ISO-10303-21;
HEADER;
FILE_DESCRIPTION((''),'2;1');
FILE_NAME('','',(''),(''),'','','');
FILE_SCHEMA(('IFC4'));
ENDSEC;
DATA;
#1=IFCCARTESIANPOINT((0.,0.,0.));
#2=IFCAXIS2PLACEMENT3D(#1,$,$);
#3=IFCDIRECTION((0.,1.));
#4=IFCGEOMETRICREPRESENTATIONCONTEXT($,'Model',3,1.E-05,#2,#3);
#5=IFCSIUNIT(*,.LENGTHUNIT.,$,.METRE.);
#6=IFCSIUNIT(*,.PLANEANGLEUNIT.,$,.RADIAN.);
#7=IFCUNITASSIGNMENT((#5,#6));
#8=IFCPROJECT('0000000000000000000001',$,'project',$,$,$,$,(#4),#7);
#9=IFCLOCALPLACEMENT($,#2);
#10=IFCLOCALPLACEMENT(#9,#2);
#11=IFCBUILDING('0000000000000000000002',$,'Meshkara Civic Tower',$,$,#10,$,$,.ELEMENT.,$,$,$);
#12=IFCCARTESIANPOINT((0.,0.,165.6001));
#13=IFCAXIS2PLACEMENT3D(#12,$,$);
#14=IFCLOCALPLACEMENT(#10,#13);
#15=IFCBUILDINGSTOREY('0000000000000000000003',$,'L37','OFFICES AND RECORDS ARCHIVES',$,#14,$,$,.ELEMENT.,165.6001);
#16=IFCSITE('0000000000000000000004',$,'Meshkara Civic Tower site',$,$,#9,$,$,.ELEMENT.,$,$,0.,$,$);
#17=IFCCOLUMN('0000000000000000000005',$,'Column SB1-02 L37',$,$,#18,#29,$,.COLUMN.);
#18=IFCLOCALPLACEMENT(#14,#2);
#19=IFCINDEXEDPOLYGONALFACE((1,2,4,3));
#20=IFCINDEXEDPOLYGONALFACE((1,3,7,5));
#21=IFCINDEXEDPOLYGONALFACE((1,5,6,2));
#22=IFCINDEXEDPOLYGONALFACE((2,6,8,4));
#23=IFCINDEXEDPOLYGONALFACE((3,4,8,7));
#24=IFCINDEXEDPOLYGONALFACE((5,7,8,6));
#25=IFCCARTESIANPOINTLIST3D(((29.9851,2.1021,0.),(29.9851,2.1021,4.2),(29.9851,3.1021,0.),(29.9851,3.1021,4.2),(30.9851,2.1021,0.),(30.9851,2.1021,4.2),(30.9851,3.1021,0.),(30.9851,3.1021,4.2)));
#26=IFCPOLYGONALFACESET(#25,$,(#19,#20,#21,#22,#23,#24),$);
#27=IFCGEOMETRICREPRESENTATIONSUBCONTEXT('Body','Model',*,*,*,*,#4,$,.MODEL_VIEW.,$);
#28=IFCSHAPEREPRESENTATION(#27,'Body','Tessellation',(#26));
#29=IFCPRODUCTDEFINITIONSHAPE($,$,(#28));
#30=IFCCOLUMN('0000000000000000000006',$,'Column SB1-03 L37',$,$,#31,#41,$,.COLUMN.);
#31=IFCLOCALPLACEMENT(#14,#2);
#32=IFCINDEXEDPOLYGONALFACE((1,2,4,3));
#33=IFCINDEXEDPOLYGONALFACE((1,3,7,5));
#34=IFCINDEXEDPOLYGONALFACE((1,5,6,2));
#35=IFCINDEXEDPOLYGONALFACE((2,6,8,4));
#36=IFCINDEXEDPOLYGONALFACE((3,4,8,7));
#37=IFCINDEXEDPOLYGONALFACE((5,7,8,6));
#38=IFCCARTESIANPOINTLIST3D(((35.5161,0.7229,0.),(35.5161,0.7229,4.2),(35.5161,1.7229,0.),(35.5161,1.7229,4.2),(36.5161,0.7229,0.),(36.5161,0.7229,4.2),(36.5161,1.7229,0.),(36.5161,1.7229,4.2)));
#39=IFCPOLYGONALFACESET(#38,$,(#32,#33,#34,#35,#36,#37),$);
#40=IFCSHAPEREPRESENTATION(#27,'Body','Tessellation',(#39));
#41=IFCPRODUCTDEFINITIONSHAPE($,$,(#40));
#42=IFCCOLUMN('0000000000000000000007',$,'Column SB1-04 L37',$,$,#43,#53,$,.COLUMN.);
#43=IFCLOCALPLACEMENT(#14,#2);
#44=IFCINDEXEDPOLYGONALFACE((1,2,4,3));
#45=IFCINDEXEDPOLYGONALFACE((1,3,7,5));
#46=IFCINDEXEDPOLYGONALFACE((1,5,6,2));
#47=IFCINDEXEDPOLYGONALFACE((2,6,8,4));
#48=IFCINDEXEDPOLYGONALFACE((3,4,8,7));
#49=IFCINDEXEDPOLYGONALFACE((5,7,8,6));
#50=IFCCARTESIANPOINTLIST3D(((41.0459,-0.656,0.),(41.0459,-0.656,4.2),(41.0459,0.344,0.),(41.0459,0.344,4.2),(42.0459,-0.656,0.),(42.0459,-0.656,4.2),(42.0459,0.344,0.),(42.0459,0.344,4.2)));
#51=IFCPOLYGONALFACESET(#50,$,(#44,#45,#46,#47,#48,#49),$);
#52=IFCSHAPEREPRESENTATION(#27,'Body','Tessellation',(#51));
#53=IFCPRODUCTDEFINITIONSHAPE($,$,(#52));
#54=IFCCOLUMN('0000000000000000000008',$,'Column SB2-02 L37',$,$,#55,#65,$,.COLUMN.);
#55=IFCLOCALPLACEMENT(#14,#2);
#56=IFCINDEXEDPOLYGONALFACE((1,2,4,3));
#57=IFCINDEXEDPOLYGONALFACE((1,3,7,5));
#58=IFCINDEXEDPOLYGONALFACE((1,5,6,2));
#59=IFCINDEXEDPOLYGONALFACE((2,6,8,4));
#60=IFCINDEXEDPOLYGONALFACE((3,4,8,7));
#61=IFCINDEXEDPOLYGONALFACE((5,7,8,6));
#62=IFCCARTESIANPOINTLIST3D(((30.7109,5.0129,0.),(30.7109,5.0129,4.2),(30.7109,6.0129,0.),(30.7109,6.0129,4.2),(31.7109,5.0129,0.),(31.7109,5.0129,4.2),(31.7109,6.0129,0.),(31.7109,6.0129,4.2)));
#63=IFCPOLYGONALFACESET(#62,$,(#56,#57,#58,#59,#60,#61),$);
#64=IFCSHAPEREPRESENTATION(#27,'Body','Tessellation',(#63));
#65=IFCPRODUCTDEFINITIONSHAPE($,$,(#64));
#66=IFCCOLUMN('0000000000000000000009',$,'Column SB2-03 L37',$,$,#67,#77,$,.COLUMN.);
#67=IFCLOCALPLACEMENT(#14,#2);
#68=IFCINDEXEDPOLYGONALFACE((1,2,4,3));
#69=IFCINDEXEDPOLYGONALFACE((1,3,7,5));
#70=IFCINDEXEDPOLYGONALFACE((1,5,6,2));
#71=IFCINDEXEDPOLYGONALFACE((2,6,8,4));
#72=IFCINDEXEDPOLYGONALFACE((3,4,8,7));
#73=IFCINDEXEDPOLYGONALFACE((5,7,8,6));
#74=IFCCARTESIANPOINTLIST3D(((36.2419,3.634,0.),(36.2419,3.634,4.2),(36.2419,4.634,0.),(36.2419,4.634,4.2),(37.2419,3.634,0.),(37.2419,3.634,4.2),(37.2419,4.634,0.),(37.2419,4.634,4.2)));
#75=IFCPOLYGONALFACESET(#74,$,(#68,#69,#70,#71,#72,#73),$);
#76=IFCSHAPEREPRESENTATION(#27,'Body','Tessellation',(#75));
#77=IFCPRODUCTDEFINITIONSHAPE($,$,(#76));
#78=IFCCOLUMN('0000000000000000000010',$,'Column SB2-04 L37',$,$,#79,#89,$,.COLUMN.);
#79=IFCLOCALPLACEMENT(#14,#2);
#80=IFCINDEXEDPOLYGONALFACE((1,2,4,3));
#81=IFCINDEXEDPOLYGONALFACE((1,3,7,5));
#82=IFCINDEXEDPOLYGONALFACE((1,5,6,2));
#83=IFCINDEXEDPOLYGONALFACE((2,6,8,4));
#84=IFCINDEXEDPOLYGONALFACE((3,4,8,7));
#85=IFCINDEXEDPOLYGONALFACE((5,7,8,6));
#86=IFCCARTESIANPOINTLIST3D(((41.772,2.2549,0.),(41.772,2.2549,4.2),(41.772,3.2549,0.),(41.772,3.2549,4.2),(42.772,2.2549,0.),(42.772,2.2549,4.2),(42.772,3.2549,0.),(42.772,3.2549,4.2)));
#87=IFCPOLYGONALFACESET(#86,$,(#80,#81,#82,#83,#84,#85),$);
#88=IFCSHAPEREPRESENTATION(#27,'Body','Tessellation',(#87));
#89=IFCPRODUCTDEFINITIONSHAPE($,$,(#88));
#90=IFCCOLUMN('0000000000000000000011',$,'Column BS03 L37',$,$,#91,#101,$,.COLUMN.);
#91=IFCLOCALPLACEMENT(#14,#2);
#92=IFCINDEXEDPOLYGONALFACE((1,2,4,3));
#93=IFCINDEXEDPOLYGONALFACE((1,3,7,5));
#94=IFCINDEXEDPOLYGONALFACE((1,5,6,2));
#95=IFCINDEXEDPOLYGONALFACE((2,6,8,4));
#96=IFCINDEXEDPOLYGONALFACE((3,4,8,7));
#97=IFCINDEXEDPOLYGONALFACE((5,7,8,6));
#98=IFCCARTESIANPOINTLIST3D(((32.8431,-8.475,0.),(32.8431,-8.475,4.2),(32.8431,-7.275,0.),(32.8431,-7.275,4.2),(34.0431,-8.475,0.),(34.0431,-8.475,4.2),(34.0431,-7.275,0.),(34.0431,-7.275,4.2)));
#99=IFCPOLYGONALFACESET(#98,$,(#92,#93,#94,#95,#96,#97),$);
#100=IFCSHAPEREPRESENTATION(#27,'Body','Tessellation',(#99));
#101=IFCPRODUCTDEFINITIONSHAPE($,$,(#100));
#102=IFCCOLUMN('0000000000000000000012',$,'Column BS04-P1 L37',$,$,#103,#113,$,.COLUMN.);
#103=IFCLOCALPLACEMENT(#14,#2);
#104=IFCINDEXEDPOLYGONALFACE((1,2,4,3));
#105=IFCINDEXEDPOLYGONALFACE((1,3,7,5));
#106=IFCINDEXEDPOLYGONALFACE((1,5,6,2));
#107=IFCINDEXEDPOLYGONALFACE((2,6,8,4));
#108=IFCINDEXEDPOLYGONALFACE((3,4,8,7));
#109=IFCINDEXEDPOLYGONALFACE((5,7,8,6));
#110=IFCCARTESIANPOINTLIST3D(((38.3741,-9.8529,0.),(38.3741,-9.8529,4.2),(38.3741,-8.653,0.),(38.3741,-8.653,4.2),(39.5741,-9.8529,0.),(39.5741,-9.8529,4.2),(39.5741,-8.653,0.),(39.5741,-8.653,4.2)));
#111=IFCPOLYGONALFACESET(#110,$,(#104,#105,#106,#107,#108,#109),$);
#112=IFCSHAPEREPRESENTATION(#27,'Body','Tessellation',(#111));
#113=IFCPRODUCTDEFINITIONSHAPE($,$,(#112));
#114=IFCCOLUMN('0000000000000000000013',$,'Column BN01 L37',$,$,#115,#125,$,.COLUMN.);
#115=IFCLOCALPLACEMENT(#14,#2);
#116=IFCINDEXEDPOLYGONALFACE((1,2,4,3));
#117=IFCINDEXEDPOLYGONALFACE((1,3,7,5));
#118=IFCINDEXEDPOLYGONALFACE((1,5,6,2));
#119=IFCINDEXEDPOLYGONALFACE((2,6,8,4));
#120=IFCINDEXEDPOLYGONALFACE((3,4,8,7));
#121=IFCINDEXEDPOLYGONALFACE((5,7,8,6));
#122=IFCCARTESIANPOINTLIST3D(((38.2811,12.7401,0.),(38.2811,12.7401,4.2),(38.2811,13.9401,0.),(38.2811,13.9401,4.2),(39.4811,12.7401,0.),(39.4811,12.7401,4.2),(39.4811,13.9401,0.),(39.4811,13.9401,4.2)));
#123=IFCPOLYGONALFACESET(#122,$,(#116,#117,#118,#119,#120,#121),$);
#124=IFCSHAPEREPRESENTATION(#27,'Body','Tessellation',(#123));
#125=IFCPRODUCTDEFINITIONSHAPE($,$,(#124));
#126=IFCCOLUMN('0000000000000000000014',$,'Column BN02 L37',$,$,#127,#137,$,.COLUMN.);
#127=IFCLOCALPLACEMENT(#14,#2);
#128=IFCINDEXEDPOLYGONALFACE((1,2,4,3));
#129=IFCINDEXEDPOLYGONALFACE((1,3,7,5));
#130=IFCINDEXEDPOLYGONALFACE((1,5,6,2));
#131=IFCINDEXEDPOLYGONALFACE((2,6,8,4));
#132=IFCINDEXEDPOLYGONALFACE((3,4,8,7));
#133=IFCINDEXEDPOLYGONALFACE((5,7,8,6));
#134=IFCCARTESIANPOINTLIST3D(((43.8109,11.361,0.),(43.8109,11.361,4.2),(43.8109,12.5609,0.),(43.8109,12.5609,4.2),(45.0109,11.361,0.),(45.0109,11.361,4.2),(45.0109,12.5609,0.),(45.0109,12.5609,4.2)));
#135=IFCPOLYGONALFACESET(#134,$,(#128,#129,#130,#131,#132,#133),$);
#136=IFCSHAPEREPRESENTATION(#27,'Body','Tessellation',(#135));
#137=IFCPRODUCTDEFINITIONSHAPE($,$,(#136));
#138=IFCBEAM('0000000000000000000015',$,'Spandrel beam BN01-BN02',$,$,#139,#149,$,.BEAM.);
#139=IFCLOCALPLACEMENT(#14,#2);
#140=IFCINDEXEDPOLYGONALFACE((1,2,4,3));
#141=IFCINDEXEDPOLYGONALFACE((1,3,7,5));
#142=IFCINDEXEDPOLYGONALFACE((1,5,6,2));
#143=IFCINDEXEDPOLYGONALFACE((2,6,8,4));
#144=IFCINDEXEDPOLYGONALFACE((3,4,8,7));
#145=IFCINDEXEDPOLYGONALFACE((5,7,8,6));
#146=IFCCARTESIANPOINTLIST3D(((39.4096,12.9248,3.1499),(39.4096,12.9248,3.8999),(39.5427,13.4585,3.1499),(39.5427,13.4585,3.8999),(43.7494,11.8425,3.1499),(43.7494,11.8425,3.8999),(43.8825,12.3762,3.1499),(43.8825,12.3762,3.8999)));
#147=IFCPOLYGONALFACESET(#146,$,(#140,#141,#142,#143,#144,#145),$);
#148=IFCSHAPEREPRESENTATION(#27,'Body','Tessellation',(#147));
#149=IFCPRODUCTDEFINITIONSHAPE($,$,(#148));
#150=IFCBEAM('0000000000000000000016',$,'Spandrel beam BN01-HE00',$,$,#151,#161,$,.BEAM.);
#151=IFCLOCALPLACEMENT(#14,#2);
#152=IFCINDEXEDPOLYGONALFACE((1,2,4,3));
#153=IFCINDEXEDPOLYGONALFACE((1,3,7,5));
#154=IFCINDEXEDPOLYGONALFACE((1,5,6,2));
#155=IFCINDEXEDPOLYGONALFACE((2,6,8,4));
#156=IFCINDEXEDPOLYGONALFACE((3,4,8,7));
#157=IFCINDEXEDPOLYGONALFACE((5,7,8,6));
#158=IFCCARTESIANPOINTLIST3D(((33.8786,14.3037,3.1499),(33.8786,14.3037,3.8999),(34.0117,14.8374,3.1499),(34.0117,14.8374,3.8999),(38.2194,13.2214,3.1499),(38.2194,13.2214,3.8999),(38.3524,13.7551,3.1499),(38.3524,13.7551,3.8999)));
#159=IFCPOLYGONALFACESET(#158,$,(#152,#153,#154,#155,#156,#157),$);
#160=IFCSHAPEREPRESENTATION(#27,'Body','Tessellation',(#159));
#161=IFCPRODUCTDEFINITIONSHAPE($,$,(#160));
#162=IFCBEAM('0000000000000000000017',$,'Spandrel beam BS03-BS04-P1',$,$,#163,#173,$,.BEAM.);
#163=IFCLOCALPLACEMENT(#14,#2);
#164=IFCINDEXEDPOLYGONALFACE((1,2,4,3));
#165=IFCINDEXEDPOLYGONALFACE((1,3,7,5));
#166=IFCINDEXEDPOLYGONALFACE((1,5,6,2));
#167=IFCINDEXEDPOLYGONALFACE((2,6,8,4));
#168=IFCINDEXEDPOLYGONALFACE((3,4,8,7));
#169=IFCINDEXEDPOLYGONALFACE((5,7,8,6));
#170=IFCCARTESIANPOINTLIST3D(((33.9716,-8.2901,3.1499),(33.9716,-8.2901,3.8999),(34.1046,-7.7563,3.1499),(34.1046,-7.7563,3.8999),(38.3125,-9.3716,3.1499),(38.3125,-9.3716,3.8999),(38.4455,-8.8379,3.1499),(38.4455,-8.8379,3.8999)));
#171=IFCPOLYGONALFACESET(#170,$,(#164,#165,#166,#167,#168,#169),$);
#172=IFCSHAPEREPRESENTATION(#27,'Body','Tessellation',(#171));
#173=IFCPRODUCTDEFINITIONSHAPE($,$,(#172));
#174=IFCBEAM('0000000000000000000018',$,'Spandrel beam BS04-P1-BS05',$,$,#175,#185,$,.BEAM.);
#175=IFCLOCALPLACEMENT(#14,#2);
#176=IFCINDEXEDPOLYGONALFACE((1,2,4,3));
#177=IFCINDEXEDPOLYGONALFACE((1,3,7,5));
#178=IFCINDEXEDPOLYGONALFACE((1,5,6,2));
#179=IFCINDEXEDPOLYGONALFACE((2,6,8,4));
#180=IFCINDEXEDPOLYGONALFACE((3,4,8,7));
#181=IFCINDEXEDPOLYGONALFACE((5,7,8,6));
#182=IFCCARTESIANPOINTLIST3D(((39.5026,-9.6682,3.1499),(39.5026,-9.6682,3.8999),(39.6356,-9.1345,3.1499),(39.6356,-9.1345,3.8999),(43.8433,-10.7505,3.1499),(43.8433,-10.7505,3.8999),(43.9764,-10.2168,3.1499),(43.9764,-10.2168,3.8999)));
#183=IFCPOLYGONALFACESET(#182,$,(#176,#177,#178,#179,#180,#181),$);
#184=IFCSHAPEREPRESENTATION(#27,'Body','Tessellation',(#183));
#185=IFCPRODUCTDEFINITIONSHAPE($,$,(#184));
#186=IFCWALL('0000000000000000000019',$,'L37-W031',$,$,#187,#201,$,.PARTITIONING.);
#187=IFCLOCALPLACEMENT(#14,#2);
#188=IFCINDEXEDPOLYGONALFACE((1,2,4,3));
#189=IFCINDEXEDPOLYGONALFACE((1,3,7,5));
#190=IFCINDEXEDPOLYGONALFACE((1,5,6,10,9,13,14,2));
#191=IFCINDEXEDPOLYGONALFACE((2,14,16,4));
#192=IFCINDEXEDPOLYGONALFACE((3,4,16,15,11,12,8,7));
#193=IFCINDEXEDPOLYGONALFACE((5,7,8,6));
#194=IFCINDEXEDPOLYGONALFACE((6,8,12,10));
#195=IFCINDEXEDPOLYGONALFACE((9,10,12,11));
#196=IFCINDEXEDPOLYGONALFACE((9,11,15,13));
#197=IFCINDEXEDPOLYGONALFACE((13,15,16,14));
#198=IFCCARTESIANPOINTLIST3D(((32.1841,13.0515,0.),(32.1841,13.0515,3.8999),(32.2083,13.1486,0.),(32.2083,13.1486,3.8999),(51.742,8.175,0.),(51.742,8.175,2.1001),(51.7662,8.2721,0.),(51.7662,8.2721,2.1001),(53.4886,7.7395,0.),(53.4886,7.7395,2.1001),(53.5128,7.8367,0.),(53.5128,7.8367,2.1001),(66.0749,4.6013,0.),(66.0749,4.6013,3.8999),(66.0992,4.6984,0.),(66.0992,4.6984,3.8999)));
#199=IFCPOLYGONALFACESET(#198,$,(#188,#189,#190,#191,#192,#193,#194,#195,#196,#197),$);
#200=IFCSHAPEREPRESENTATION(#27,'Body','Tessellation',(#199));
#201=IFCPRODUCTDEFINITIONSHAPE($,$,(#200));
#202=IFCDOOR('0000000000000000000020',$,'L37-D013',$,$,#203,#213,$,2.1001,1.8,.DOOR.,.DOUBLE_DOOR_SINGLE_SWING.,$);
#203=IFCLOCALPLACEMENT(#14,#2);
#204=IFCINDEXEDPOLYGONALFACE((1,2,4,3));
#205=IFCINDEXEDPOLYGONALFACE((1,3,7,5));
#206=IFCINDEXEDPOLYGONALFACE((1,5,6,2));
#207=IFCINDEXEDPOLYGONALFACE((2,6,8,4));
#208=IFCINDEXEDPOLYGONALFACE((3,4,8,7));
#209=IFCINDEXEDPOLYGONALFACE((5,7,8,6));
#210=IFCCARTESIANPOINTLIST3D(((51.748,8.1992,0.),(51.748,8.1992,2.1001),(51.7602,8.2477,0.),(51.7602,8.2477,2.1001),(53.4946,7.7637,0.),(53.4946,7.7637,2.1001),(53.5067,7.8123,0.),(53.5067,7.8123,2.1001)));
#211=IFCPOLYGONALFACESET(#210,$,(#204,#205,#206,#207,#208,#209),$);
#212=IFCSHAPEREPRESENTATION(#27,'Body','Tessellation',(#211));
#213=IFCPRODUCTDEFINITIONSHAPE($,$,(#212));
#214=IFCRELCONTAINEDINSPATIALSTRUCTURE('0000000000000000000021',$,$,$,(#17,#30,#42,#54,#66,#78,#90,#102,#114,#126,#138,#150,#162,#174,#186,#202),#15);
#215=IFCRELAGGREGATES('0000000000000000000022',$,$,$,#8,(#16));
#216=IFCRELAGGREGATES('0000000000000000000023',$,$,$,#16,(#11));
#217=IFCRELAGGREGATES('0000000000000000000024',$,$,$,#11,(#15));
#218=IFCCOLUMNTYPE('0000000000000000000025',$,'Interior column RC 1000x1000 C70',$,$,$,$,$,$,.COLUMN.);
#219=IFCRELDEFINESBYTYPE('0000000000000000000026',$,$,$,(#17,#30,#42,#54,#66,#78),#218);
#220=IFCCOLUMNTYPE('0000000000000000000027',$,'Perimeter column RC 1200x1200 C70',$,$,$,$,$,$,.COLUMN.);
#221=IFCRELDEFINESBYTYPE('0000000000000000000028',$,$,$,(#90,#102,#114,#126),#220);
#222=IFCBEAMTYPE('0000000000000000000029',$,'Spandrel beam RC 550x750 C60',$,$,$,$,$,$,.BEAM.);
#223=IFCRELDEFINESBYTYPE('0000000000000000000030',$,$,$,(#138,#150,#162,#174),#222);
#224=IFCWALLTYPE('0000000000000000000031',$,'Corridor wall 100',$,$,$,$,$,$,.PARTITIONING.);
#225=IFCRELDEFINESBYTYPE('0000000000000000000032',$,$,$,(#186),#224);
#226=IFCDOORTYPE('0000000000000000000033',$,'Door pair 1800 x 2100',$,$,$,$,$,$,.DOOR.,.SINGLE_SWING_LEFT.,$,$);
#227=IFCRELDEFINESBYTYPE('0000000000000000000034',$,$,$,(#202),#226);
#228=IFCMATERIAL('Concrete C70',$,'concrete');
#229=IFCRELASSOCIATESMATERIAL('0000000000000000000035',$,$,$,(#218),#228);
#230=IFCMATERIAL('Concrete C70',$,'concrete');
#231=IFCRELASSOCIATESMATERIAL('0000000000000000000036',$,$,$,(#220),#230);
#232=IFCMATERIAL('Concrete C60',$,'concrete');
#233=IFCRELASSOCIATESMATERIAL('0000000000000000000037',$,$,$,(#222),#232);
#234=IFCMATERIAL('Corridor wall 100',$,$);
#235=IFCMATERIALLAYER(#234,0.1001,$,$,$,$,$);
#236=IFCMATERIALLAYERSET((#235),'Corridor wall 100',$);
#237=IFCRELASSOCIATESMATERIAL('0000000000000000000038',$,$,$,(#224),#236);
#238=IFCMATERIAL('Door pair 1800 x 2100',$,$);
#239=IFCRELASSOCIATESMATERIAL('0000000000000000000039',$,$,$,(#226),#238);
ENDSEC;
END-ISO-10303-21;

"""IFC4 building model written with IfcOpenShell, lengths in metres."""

from ifc_helpers import new_model, si_unit, direction, frame, frame_2d, origin, origin_2d, place, context, subcontext, project, spatial, rectangle, extrude, material, layer, layer_set, material_profile, profile_set, type_object, element, fill, save


model = new_model("IFC4")

# Units and contexts
model_context = context("Model", 3, precision=1e-05, world=origin(), true_north=direction((0.0, 1.0)))
body_context = subcontext(model_context, "Body", "Model", "MODEL_VIEW")
ifc_project = project(units=[si_unit("LENGTHUNIT", "METRE"), si_unit("PLANEANGLEUNIT", "RADIAN")], contexts=[model_context])

# Site, building, storey
site_placement = place(None, origin())
site = spatial("IfcSite", under=ifc_project, at=site_placement, Name="Meshkara Civic Tower site", CompositionType="ELEMENT", RefElevation=0.0)
building_placement = place(site_placement, origin())
building = spatial("IfcBuilding", under=site, at=building_placement, Name="Meshkara Civic Tower", CompositionType="ELEMENT")
storey_placement = place(building_placement, frame((0.0, 0.0, 165.6001)))
storey = spatial("IfcBuildingStorey", under=building, at=storey_placement, Name="L37", Description="OFFICES AND RECORDS ARCHIVES", CompositionType="ELEMENT", Elevation=165.6001)

# Columns
ifc_material_1 = material(Name="Concrete C70", Category="concrete")
ifc_material_profile_1 = material_profile(ifc_material_1, rectangle(XDim=1.0, YDim=1.0, at=origin_2d()))
ifc_profile_set_1 = profile_set([ifc_material_profile_1], Name="Concrete C70")
column_type_1 = type_object("IfcColumnType", Name="Interior column RC 1000x1000 C70", PredefinedType="COLUMN", material=ifc_profile_set_1)
for number, where, z_axis, x_axis, name in (
    (1, (30.4851, 2.6021, 0.0), (0.0, 0.0, 1.0), (1.0, 0.0, 0.0), "Column SB1-02 L37"),
    (2, (36.0161, 1.2229, 0.0), (0.0, 0.0, 1.0), (1.0, 0.0, 0.0), "Column SB1-03 L37"),
    (3, (41.5459, -0.156, 0.0), (0.0, 0.0, 1.0), (1.0, 0.0, 0.0), "Column SB1-04 L37"),
    (4, (31.2109, 5.5129, 0.0), (0.0, 0.0, 1.0), (1.0, 0.0, 0.0), "Column SB2-02 L37"),
    (5, (36.7419, 4.134, 0.0), (0.0, 0.0, 1.0), (1.0, 0.0, 0.0), "Column SB2-03 L37"),
    (6, (42.272, 2.7549, 0.0), (0.0, 0.0, 1.0), (1.0, 0.0, 0.0), "Column SB2-04 L37"),
):
    element("IfcColumn", number, at=place(storey_placement, frame(where, z_axis=z_axis, x_axis=x_axis)), inside=storey, type_object=column_type_1, Name=name, PredefinedType="COLUMN", context=body_context, shape_type="SweptSolid", body=[
        extrude(rectangle(XDim=1.0, YDim=1.0, at=origin_2d()), origin(), (0.0, 0.0, 1.0), 4.2),
    ])
ifc_material_2 = material(Name="Concrete C70", Category="concrete")
ifc_material_profile_2 = material_profile(ifc_material_2, rectangle(XDim=1.2, YDim=1.2, at=origin_2d()))
ifc_profile_set_2 = profile_set([ifc_material_profile_2], Name="Concrete C70")
column_type_2 = type_object("IfcColumnType", Name="Perimeter column RC 1200x1200 C70", PredefinedType="COLUMN", material=ifc_profile_set_2)
for number, where, z_axis, x_axis, name in (
    (7, (33.4431, -7.875, 0.0), (0.0, 0.0, 1.0), (1.0, 0.0, 0.0), "Column BS03 L37"),
    (8, (38.9741, -9.2529, 0.0), (0.0, 0.0, 1.0), (1.0, 0.0, 0.0), "Column BS04-P1 L37"),
    (9, (38.8811, 13.3401, 0.0), (0.0, 0.0, 1.0), (1.0, 0.0, 0.0), "Column BN01 L37"),
    (10, (44.4109, 11.9609, 0.0), (0.0, 0.0, 1.0), (1.0, 0.0, 0.0), "Column BN02 L37"),
):
    element("IfcColumn", number, at=place(storey_placement, frame(where, z_axis=z_axis, x_axis=x_axis)), inside=storey, type_object=column_type_2, Name=name, PredefinedType="COLUMN", context=body_context, shape_type="SweptSolid", body=[
        extrude(rectangle(XDim=1.2, YDim=1.2, at=origin_2d()), origin(), (0.0, 0.0, 1.0), 4.2),
    ])

# Beams
ifc_material_3 = material(Name="Concrete C60", Category="concrete")
ifc_material_profile_3 = material_profile(ifc_material_3, rectangle(XDim=0.55, YDim=0.75, at=origin_2d()))
ifc_profile_set_3 = profile_set([ifc_material_profile_3], Name="Concrete C60")
beam_type = type_object("IfcBeamType", Name="Spandrel beam RC 550x750 C60", PredefinedType="BEAM", material=ifc_profile_set_3)
beam_placement = place(storey_placement, frame((43.8159, 12.1094, 3.5249), z_axis=(-0.970284, 0.24197, 0.0), x_axis=(-0.24197, -0.970284, 0.0)))
element("IfcBeam", 11, at=beam_placement, inside=storey, type_object=beam_type, Name="Spandrel beam BN01-BN02", PredefinedType="BEAM", context=body_context, shape_type="SweptSolid", body=[
    extrude(rectangle(XDim=0.55, YDim=0.75, at=origin_2d()), origin(), (0.0, 0.0, 1.0), 4.4727),
])
for number, where, z_axis, x_axis, name in (
    (12, (38.2859, 13.4883, 3.5249), (-0.970296, 0.241919, 0.0), (-0.241919, -0.970296, 0.0), "Spandrel beam BN01-HE00"),
    (13, (34.0381, -8.0232, 3.5249), (0.970335, -0.241765, 0.0), (0.241765, 0.970335, 0.0), "Spandrel beam BS03-BS04-P1"),
    (14, (39.5691, -9.4014, 3.5249), (0.970296, -0.241919, 0.0), (0.241919, 0.970296, 0.0), "Spandrel beam BS04-P1-BS05"),
):
    element("IfcBeam", number, at=place(storey_placement, frame(where, z_axis=z_axis, x_axis=x_axis)), inside=storey, type_object=beam_type, Name=name, PredefinedType="BEAM", context=body_context, shape_type="SweptSolid", body=[
        extrude(rectangle(XDim=0.55, YDim=0.75, at=origin_2d()), origin(), (0.0, 0.0, 1.0), 4.4736),
    ])

# Wall, opening, door
ifc_material_4 = material(Name="Corridor wall 100")
ifc_layer_1 = layer(ifc_material_4, 0.1001)
ifc_layer_set_1 = layer_set([ifc_layer_1], Name="Corridor wall 100")
wall_type_1 = type_object("IfcWallType", Name="Corridor wall 100", PredefinedType="PARTITIONING", material=ifc_layer_set_1)
wall_1_placement = place(storey_placement, frame((32.196, 13.1001, 0.0), z_axis=(0.0, 0.0, 1.0), x_axis=(0.970294, -0.241929, 0.0)))
wall_1 = element("IfcWall", 15, at=wall_1_placement, inside=storey, type_object=wall_type_1, Name="L37-W031", PredefinedType="PARTITIONING", context=body_context, shape_type="SweptSolid", body=[
    extrude(rectangle(XDim=34.9285, YDim=0.1001, at=frame_2d((17.4644, 0.0))), origin(), (0.0, 0.0, 1.0), 3.8999),
])
opening_1_placement = place(wall_1_placement, frame((20.157, 0.0, 0.0)))
opening_1 = element("IfcOpeningElement", 16, at=opening_1_placement, cuts=wall_1, PredefinedType="OPENING", context=body_context, shape_type="SweptSolid", body=[
    extrude(rectangle(XDim=1.8, YDim=2.1001, at=frame_2d((0.8999, 1.05))), frame((0.0, 0.0601, 0.0), z_axis=(0.0, -1.0, 0.0), x_axis=(1.0, 0.0, 0.0)), (0.0, 0.0, 1.0), 0.1201),
])
ifc_material_5 = material(Name="Door pair 1800 x 2100")
door_type = type_object("IfcDoorType", Name="Door pair 1800 x 2100", OperationType="SINGLE_SWING_LEFT", PredefinedType="DOOR", material=ifc_material_5)
door_placement = place(opening_1_placement, origin())
door = element("IfcDoor", 17, at=door_placement, inside=storey, type_object=door_type, Name="L37-D013", OperationType="DOUBLE_DOOR_SINGLE_SWING", OverallHeight=2.1001, OverallWidth=1.8, PredefinedType="DOOR", context=body_context, shape_type="SweptSolid", body=[
    extrude(rectangle(XDim=1.8, YDim=2.1001, at=frame_2d((0.8999, 1.05))), frame((0.0, 0.0249, 0.0), z_axis=(0.0, -1.0, 0.0), x_axis=(1.0, 0.0, 0.0)), (0.0, 0.0, 1.0), 0.05),
])
fill(opening_1, door)

save(model, "model.ifc")
